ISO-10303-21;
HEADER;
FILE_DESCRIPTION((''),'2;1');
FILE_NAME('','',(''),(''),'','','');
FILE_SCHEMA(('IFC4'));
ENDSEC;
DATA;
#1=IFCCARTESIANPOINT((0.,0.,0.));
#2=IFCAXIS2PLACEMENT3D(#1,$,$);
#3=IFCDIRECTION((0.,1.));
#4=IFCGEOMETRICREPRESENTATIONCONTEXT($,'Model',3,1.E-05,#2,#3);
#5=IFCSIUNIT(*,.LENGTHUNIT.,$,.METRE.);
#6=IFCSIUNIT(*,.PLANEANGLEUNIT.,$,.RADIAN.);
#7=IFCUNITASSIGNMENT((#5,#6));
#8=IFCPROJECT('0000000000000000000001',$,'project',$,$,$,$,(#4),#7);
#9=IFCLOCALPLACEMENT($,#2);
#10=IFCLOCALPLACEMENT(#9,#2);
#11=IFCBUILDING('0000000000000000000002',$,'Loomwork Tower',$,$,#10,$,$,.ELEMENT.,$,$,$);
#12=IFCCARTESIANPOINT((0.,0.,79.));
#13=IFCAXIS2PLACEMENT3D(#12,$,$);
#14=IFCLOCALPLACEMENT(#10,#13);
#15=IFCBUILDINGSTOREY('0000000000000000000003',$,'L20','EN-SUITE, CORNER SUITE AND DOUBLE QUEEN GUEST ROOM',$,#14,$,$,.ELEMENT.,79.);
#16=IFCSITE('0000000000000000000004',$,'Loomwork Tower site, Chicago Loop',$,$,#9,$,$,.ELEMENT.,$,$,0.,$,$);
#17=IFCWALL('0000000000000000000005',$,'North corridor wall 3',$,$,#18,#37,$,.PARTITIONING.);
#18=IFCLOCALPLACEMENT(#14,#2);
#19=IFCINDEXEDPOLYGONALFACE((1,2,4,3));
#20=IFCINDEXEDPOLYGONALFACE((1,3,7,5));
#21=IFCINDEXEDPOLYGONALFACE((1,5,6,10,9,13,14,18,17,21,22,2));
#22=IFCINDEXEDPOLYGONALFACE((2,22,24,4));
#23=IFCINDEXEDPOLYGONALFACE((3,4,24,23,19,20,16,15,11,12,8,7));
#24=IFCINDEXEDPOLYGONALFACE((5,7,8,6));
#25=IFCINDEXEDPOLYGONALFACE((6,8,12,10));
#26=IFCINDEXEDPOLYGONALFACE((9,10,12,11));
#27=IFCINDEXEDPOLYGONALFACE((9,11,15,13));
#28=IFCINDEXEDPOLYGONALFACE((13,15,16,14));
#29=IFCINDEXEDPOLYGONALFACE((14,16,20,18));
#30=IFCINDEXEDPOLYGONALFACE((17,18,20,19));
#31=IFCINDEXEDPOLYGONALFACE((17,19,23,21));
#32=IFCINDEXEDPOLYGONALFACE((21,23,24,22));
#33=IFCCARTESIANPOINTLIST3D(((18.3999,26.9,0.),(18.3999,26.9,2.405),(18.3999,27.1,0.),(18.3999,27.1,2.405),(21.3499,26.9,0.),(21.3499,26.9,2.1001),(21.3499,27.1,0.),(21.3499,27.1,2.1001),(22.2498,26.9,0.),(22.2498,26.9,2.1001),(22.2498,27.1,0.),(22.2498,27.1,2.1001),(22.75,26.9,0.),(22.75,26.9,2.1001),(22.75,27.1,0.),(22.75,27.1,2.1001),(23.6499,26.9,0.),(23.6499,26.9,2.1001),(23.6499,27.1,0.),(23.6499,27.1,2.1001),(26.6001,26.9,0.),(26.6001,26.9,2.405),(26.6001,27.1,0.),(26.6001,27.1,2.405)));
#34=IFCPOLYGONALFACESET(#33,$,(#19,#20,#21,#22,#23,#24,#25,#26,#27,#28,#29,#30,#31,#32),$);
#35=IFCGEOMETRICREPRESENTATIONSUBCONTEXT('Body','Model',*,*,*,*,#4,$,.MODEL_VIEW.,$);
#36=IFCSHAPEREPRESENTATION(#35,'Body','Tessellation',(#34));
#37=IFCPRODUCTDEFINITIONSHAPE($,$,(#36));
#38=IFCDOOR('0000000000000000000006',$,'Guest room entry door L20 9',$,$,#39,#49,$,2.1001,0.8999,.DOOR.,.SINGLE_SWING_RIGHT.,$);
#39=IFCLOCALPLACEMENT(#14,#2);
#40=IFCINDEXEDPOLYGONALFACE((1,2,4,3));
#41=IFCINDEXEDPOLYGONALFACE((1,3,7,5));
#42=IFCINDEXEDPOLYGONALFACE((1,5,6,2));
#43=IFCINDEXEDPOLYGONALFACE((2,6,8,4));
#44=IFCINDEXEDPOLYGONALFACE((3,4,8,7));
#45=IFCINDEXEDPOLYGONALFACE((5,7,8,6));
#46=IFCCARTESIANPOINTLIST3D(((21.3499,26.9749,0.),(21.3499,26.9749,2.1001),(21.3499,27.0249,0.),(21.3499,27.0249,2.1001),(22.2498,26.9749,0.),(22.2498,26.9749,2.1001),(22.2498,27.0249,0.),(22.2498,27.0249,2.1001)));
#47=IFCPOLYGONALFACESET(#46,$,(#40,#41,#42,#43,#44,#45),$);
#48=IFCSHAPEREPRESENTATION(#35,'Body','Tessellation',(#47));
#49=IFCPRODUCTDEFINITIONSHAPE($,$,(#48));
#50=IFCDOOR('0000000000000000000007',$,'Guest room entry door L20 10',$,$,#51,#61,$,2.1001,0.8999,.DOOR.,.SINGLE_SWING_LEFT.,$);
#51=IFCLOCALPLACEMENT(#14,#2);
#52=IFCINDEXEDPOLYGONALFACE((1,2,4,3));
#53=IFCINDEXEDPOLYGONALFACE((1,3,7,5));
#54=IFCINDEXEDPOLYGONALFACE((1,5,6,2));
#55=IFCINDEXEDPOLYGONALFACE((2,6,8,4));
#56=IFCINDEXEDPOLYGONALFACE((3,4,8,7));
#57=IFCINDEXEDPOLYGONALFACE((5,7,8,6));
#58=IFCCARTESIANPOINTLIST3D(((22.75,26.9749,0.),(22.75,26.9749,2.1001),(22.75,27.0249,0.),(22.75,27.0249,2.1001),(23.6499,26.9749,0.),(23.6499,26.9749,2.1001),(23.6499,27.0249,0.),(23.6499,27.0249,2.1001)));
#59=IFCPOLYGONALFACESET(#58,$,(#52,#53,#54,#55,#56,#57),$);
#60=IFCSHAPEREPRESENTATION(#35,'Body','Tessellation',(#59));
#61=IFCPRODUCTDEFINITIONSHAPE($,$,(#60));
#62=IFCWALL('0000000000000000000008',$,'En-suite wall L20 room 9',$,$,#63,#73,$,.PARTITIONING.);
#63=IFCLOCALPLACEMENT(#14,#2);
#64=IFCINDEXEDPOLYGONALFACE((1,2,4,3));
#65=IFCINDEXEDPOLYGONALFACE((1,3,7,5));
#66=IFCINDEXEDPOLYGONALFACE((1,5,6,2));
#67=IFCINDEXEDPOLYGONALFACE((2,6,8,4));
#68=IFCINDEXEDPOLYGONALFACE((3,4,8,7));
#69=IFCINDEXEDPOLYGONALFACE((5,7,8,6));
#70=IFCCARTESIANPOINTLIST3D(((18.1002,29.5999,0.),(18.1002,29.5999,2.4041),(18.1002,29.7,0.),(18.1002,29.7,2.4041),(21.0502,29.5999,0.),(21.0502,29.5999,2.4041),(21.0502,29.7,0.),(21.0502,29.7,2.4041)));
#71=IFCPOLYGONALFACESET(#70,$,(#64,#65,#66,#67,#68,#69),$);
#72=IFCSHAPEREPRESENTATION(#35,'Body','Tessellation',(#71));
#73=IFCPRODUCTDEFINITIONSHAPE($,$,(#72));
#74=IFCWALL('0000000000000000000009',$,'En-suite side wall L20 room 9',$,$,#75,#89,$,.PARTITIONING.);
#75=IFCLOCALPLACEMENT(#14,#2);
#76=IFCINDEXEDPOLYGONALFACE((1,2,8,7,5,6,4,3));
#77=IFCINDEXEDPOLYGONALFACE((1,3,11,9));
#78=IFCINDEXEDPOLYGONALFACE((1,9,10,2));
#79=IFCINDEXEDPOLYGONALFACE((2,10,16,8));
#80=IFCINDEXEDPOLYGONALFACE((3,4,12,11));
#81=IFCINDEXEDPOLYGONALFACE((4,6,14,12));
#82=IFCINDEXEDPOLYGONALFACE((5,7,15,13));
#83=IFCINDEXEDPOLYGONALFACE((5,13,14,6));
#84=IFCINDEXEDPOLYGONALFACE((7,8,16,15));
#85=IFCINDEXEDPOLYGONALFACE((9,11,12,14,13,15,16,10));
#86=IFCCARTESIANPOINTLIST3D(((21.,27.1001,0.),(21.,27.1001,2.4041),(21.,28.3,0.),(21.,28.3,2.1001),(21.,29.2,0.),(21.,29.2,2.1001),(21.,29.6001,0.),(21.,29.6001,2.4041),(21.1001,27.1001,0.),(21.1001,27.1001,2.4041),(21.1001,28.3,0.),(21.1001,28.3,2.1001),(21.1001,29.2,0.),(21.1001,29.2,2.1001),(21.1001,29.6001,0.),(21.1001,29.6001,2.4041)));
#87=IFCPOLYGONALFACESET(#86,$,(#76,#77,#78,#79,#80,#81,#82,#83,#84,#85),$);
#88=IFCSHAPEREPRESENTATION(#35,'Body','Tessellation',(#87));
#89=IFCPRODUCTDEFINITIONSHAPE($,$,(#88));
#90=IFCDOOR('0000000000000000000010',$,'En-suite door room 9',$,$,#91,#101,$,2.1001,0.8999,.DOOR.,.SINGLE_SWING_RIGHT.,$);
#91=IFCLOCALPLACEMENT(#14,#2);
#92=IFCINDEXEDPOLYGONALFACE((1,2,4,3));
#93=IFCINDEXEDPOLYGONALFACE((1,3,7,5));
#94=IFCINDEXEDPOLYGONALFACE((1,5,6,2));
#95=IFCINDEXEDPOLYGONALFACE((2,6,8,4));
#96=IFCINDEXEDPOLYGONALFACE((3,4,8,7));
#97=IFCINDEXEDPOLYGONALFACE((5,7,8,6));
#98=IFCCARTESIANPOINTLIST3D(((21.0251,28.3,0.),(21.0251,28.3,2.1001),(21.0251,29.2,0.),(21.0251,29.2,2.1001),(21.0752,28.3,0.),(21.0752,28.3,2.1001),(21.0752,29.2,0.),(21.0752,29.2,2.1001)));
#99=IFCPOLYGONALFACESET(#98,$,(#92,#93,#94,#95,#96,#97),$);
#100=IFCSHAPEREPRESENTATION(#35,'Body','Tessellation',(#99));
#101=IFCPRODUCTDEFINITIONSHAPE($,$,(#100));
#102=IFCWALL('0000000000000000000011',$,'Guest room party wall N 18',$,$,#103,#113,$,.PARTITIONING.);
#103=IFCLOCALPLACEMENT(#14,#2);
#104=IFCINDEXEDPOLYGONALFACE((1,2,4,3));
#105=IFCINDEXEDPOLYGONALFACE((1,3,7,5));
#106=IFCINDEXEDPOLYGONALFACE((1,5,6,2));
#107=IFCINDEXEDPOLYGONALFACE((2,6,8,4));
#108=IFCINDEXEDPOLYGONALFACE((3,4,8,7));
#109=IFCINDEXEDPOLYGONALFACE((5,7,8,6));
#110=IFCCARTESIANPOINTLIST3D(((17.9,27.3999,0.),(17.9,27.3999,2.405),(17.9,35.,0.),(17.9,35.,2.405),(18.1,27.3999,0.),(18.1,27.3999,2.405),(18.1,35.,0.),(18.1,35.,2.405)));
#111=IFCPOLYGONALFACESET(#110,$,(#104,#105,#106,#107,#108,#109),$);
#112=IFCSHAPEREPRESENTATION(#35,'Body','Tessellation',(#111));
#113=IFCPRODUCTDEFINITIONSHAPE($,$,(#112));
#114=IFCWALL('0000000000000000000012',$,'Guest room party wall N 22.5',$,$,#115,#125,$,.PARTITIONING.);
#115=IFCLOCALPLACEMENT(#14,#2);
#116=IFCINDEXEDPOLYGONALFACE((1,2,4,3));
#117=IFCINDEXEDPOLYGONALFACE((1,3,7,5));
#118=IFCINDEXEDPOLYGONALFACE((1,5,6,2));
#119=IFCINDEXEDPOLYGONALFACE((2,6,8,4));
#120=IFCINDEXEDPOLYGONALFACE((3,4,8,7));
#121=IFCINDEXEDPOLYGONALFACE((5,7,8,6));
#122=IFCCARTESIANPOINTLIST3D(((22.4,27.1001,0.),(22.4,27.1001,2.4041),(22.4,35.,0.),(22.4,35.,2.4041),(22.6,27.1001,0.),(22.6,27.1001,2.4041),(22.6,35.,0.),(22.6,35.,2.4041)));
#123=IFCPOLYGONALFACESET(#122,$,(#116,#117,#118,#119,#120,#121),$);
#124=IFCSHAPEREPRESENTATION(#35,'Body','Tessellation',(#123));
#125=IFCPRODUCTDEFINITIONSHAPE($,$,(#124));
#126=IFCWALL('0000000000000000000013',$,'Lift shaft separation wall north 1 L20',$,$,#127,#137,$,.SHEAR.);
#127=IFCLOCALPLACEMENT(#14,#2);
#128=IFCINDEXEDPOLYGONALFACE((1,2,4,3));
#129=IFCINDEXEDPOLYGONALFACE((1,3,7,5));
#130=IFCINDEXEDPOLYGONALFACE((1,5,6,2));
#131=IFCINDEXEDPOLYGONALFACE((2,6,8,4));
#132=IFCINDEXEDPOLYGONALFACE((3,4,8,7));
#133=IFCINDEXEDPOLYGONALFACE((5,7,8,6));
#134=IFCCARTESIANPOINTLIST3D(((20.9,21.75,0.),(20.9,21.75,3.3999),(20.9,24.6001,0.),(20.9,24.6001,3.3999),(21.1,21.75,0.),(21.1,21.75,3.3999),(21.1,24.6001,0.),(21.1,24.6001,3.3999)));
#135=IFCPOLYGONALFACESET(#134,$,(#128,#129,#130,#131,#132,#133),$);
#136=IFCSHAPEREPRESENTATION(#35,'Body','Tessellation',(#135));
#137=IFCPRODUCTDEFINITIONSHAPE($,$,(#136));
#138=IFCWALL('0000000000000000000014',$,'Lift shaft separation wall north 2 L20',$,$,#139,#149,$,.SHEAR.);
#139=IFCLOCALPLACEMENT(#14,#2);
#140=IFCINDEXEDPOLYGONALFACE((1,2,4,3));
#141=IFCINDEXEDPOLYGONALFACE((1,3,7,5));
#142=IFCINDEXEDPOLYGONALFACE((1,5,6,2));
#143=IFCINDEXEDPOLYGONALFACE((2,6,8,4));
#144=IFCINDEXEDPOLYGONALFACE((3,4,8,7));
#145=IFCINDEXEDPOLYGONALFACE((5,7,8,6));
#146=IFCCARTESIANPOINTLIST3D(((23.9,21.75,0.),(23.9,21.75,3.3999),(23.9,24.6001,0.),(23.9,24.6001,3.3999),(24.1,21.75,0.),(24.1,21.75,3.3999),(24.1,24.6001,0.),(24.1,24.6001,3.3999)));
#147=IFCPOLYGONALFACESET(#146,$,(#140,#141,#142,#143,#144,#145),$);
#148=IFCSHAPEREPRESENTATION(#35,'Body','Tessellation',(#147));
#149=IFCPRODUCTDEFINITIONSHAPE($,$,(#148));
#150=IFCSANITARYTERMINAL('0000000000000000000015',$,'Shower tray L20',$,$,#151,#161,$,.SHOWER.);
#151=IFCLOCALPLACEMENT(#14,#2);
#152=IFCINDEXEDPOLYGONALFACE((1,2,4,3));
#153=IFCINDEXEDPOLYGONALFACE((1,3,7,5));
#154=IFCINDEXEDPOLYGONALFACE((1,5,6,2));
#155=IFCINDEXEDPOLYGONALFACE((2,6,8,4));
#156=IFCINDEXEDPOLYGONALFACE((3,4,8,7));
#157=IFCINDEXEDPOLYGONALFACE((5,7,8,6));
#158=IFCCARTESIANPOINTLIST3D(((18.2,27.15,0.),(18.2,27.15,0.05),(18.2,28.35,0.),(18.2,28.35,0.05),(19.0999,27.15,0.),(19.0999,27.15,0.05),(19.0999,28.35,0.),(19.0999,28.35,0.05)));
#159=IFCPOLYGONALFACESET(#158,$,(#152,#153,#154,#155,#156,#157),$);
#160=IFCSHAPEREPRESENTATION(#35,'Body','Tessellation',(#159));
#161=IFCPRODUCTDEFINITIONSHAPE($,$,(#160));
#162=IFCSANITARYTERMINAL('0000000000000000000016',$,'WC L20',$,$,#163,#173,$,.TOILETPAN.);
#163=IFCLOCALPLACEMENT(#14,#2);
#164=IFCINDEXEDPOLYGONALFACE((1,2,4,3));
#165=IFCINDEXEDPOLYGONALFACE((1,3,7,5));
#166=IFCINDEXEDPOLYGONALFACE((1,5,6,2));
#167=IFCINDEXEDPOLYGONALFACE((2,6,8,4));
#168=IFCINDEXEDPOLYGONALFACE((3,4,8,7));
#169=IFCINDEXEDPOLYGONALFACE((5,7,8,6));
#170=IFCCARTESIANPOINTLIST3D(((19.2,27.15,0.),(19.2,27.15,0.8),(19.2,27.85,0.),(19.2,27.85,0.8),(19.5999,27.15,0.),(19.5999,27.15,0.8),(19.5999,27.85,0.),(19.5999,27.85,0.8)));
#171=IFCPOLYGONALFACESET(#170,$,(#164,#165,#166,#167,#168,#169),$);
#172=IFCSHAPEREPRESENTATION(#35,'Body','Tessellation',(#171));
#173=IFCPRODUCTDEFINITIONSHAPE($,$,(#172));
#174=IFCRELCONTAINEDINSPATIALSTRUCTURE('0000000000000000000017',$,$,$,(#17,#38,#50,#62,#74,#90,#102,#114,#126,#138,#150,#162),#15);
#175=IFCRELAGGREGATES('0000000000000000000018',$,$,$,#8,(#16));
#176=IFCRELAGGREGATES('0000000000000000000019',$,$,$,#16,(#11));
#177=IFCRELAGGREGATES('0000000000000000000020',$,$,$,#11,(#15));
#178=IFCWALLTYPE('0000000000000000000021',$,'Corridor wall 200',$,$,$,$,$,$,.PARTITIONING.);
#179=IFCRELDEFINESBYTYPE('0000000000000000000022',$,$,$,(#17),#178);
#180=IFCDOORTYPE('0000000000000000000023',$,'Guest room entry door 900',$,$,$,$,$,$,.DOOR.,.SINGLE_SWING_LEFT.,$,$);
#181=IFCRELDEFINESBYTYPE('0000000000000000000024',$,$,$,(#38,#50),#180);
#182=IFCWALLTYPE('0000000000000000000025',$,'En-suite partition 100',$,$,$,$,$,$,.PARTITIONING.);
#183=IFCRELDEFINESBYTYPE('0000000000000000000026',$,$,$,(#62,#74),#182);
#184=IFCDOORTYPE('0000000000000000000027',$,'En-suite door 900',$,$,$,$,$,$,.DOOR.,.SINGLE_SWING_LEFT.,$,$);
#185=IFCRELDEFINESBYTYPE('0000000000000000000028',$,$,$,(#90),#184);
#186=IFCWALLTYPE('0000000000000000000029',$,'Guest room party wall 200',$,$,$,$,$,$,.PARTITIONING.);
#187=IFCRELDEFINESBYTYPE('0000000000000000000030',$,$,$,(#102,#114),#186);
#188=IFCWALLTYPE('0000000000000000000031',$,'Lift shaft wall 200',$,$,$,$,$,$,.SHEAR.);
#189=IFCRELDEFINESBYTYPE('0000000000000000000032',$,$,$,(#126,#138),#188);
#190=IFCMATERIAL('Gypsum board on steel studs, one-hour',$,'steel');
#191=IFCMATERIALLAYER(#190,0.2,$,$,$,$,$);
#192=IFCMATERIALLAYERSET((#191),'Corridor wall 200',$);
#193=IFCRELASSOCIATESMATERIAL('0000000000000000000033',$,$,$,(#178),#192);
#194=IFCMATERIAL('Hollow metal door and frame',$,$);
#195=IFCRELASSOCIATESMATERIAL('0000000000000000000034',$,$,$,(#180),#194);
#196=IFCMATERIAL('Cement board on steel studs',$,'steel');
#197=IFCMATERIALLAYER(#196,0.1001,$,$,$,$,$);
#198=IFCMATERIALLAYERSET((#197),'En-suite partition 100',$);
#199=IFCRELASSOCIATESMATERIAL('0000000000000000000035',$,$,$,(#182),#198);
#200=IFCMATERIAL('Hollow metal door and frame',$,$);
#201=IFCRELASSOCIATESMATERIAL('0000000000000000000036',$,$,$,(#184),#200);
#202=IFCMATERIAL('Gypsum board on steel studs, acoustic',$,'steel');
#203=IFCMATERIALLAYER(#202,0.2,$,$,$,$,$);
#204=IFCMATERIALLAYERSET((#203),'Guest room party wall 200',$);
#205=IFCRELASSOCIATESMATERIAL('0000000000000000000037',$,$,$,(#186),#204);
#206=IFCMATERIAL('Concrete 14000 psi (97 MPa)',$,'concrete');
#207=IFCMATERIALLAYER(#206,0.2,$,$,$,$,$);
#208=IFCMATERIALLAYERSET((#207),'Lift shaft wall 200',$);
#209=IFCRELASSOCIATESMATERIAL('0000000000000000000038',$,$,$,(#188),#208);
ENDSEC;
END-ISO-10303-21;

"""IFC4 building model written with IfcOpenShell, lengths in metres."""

from ifc_helpers import new_model, si_unit, direction, frame, frame_2d, origin, origin_2d, place, context, subcontext, project, spatial, rectangle, extrude, material, layer, layer_set, type_object, element, fill, save


model = new_model("IFC4")

# Units and contexts
model_context = context("Model", 3, precision=1e-05, world=origin(), true_north=direction((0.0, 1.0)))
body_context = subcontext(model_context, "Body", "Model", "MODEL_VIEW")
ifc_project = project(units=[si_unit("LENGTHUNIT", "METRE"), si_unit("PLANEANGLEUNIT", "RADIAN")], contexts=[model_context])

# Site, building, storey
site_placement = place(None, origin())
site = spatial("IfcSite", under=ifc_project, at=site_placement, Name="Loomwork Tower site, Chicago Loop", CompositionType="ELEMENT", RefElevation=0.0)
building_placement = place(site_placement, origin())
building = spatial("IfcBuilding", under=site, at=building_placement, Name="Loomwork Tower", CompositionType="ELEMENT")
storey_placement = place(building_placement, frame((0.0, 0.0, 79.0)))
storey = spatial("IfcBuildingStorey", under=building, at=storey_placement, Name="L20", Description="EN-SUITE, CORNER SUITE AND DOUBLE QUEEN GUEST ROOM", CompositionType="ELEMENT", Elevation=79.0)

# Wall, openings, doors
ifc_material_1 = material(Name="Gypsum board on steel studs, one-hour", Category="steel")
ifc_layer_1 = layer(ifc_material_1, 0.2)
ifc_layer_set_1 = layer_set([ifc_layer_1], Name="Corridor wall 200")
wall_type_1 = type_object("IfcWallType", Name="Corridor wall 200", PredefinedType="PARTITIONING", material=ifc_layer_set_1)
wall_1_placement = place(storey_placement, frame((18.3999, 27.0, 0.0), z_axis=(0.0, 0.0, 1.0), x_axis=(1.0, 0.0, 0.0)))
wall_1 = element("IfcWall", 1, at=wall_1_placement, inside=storey, type_object=wall_type_1, Name="North corridor wall 3", PredefinedType="PARTITIONING", context=body_context, shape_type="SweptSolid", body=[
    extrude(rectangle(XDim=8.2002, YDim=0.2, at=frame_2d((4.1001, 0.0))), origin(), (0.0, 0.0, 1.0), 2.405),
])
opening_1_placement = place(wall_1_placement, frame((2.95, 0.0, 0.0)))
opening_1 = element("IfcOpeningElement", 2, at=opening_1_placement, cuts=wall_1, PredefinedType="OPENING", context=body_context, shape_type="SweptSolid", body=[
    extrude(rectangle(XDim=0.8999, YDim=2.1001, at=frame_2d((0.45, 1.05))), frame((0.0, 0.1099, 0.0), z_axis=(0.0, -1.0, 0.0), x_axis=(1.0, 0.0, 0.0)), (0.0, 0.0, 1.0), 0.22),
])
opening_2_placement = place(wall_1_placement, frame((4.3501, 0.0, 0.0)))
opening_2 = element("IfcOpeningElement", 3, at=opening_2_placement, cuts=wall_1, PredefinedType="OPENING", context=body_context, shape_type="SweptSolid", body=[
    extrude(rectangle(XDim=0.8999, YDim=2.1001, at=frame_2d((0.45, 1.05))), frame((0.0, 0.1099, 0.0), z_axis=(0.0, -1.0, 0.0), x_axis=(1.0, 0.0, 0.0)), (0.0, 0.0, 1.0), 0.22),
])
ifc_material_2 = material(Name="Hollow metal door and frame")
door_type_1 = type_object("IfcDoorType", Name="Guest room entry door 900", OperationType="SINGLE_SWING_LEFT", PredefinedType="DOOR", material=ifc_material_2)
door_1_placement = place(opening_1_placement, origin())
door_1 = element("IfcDoor", 4, at=door_1_placement, inside=storey, type_object=door_type_1, Name="Guest room entry door L20 9", OperationType="SINGLE_SWING_RIGHT", OverallHeight=2.1001, OverallWidth=0.8999, PredefinedType="DOOR", context=body_context, shape_type="SweptSolid", body=[
    extrude(rectangle(XDim=0.8999, YDim=2.1001, at=frame_2d((0.45, 1.05))), frame((0.0, 0.0249, 0.0), z_axis=(0.0, -1.0, 0.0), x_axis=(1.0, 0.0, 0.0)), (0.0, 0.0, 1.0), 0.05),
])
fill(opening_1, door_1)
door_2_placement = place(opening_2_placement, origin())
door_2 = element("IfcDoor", 5, at=door_2_placement, inside=storey, type_object=door_type_1, Name="Guest room entry door L20 10", OperationType="SINGLE_SWING_LEFT", OverallHeight=2.1001, OverallWidth=0.8999, PredefinedType="DOOR", context=body_context, shape_type="SweptSolid", body=[
    extrude(rectangle(XDim=0.8999, YDim=2.1001, at=frame_2d((0.45, 1.05))), frame((0.0, 0.0249, 0.0), z_axis=(0.0, -1.0, 0.0), x_axis=(1.0, 0.0, 0.0)), (0.0, 0.0, 1.0), 0.05),
])
fill(opening_2, door_2)

# Wall
ifc_material_3 = material(Name="Cement board on steel studs", Category="steel")
ifc_layer_2 = layer(ifc_material_3, 0.1001)
ifc_layer_set_2 = layer_set([ifc_layer_2], Name="En-suite partition 100")
wall_type_2 = type_object("IfcWallType", Name="En-suite partition 100", PredefinedType="PARTITIONING", material=ifc_layer_set_2)
wall_2_placement = place(storey_placement, frame((18.1001, 29.6499, 0.0), z_axis=(0.0, 0.0, 1.0), x_axis=(1.0, 0.0, 0.0)))
element("IfcWall", 6, at=wall_2_placement, inside=storey, type_object=wall_type_2, Name="En-suite wall L20 room 9", PredefinedType="PARTITIONING", context=body_context, shape_type="SweptSolid", body=[
    extrude(rectangle(XDim=2.95, YDim=0.1001, at=frame_2d((1.4751, 0.0))), origin(), (0.0, 0.0, 1.0), 2.4041),
])

# Wall, opening, door
wall_3_placement = place(storey_placement, frame((21.05, 27.1001, 0.0), z_axis=(0.0, 0.0, 1.0), x_axis=(0.0, 1.0, 0.0)))
wall_3 = element("IfcWall", 7, at=wall_3_placement, inside=storey, type_object=wall_type_2, Name="En-suite side wall L20 room 9", PredefinedType="PARTITIONING", context=body_context, shape_type="SweptSolid", body=[
    extrude(rectangle(XDim=2.5, YDim=0.1001, at=frame_2d((1.25, 0.0))), origin(), (0.0, 0.0, 1.0), 2.4041),
])
opening_3_placement = place(wall_3_placement, frame((1.2, 0.0, 0.0)))
opening_3 = element("IfcOpeningElement", 8, at=opening_3_placement, cuts=wall_3, PredefinedType="OPENING", context=body_context, shape_type="SweptSolid", body=[
    extrude(rectangle(XDim=0.8999, YDim=2.1001, at=frame_2d((0.45, 1.05))), frame((0.0, 0.0601, 0.0), z_axis=(0.0, -1.0, 0.0), x_axis=(1.0, 0.0, 0.0)), (0.0, 0.0, 1.0), 0.1201),
])
ifc_material_4 = material(Name="Hollow metal door and frame")
door_type_2 = type_object("IfcDoorType", Name="En-suite door 900", OperationType="SINGLE_SWING_LEFT", PredefinedType="DOOR", material=ifc_material_4)
door_3_placement = place(opening_3_placement, origin())
door_3 = element("IfcDoor", 9, at=door_3_placement, inside=storey, type_object=door_type_2, Name="En-suite door room 9", OperationType="SINGLE_SWING_RIGHT", OverallHeight=2.1001, OverallWidth=0.8999, PredefinedType="DOOR", context=body_context, shape_type="SweptSolid", body=[
    extrude(rectangle(XDim=0.8999, YDim=2.1001, at=frame_2d((0.45, 1.05))), frame((0.0, 0.0249, 0.0), z_axis=(0.0, -1.0, 0.0), x_axis=(1.0, 0.0, 0.0)), (0.0, 0.0, 1.0), 0.05),
])
fill(opening_3, door_3)

# Walls
ifc_material_5 = material(Name="Gypsum board on steel studs, acoustic", Category="steel")
ifc_layer_3 = layer(ifc_material_5, 0.2)
ifc_layer_set_3 = layer_set([ifc_layer_3], Name="Guest room party wall 200")
wall_type_3 = type_object("IfcWallType", Name="Guest room party wall 200", PredefinedType="PARTITIONING", material=ifc_layer_set_3)
wall_4_placement = place(storey_placement, frame((18.0, 27.3999, 0.0), z_axis=(0.0, 0.0, 1.0), x_axis=(0.0, 1.0, 0.0)))
element("IfcWall", 10, at=wall_4_placement, inside=storey, type_object=wall_type_3, Name="Guest room party wall N 18", PredefinedType="PARTITIONING", context=body_context, shape_type="SweptSolid", body=[
    extrude(rectangle(XDim=7.6001, YDim=0.2, at=frame_2d((3.8, 0.0))), origin(), (0.0, 0.0, 1.0), 2.405),
])
wall_5_placement = place(storey_placement, frame((22.5, 27.1001, 0.0), z_axis=(0.0, 0.0, 1.0), x_axis=(0.0, 1.0, 0.0)))
element("IfcWall", 11, at=wall_5_placement, inside=storey, type_object=wall_type_3, Name="Guest room party wall N 22.5", PredefinedType="PARTITIONING", context=body_context, shape_type="SweptSolid", body=[
    extrude(rectangle(XDim=7.8999, YDim=0.2, at=frame_2d((3.95, 0.0))), origin(), (0.0, 0.0, 1.0), 2.4041),
])
ifc_material_6 = material(Name="Concrete 14000 psi (97 MPa)", Category="concrete")
ifc_layer_4 = layer(ifc_material_6, 0.2)
ifc_layer_set_4 = layer_set([ifc_layer_4], Name="Lift shaft wall 200")
wall_type_4 = type_object("IfcWallType", Name="Lift shaft wall 200", PredefinedType="SHEAR", material=ifc_layer_set_4)
for number, where, z_axis, x_axis, name in (
    (12, (21.0, 21.75, 0.0), (0.0, 0.0, 1.0), (0.0, 1.0, 0.0), "Lift shaft separation wall north 1 L20"),
    (13, (24.0, 21.75, 0.0), (0.0, 0.0, 1.0), (0.0, 1.0, 0.0), "Lift shaft separation wall north 2 L20"),
):
    element("IfcWall", number, at=place(storey_placement, frame(where, z_axis=z_axis, x_axis=x_axis)), inside=storey, type_object=wall_type_4, Name=name, PredefinedType="SHEAR", context=body_context, shape_type="SweptSolid", body=[
        extrude(rectangle(XDim=2.8501, YDim=0.2, at=frame_2d((1.425, 0.0))), origin(), (0.0, 0.0, 1.0), 3.3999),
    ])

# Sanitary terminals
sanitary_terminal_1_placement = place(storey_placement, frame((18.6499, 27.75, 0.0), z_axis=(0.0, 0.0, 1.0), x_axis=(1.0, 0.0, 0.0)))
element("IfcSanitaryTerminal", 14, at=sanitary_terminal_1_placement, inside=storey, Name="Shower tray L20", PredefinedType="SHOWER", context=body_context, shape_type="SweptSolid", body=[
    extrude(rectangle(XDim=0.8999, YDim=1.2, at=origin_2d()), origin(), (0.0, 0.0, 1.0), 0.05),
])
sanitary_terminal_2_placement = place(storey_placement, frame((19.3999, 27.5, 0.0), z_axis=(0.0, 0.0, 1.0), x_axis=(1.0, 0.0, 0.0)))
element("IfcSanitaryTerminal", 15, at=sanitary_terminal_2_placement, inside=storey, Name="WC L20", PredefinedType="TOILETPAN", context=body_context, shape_type="SweptSolid", body=[
    extrude(rectangle(XDim=0.3999, YDim=0.7, at=origin_2d()), origin(), (0.0, 0.0, 1.0), 0.8),
])

save(model, "model.ifc")
